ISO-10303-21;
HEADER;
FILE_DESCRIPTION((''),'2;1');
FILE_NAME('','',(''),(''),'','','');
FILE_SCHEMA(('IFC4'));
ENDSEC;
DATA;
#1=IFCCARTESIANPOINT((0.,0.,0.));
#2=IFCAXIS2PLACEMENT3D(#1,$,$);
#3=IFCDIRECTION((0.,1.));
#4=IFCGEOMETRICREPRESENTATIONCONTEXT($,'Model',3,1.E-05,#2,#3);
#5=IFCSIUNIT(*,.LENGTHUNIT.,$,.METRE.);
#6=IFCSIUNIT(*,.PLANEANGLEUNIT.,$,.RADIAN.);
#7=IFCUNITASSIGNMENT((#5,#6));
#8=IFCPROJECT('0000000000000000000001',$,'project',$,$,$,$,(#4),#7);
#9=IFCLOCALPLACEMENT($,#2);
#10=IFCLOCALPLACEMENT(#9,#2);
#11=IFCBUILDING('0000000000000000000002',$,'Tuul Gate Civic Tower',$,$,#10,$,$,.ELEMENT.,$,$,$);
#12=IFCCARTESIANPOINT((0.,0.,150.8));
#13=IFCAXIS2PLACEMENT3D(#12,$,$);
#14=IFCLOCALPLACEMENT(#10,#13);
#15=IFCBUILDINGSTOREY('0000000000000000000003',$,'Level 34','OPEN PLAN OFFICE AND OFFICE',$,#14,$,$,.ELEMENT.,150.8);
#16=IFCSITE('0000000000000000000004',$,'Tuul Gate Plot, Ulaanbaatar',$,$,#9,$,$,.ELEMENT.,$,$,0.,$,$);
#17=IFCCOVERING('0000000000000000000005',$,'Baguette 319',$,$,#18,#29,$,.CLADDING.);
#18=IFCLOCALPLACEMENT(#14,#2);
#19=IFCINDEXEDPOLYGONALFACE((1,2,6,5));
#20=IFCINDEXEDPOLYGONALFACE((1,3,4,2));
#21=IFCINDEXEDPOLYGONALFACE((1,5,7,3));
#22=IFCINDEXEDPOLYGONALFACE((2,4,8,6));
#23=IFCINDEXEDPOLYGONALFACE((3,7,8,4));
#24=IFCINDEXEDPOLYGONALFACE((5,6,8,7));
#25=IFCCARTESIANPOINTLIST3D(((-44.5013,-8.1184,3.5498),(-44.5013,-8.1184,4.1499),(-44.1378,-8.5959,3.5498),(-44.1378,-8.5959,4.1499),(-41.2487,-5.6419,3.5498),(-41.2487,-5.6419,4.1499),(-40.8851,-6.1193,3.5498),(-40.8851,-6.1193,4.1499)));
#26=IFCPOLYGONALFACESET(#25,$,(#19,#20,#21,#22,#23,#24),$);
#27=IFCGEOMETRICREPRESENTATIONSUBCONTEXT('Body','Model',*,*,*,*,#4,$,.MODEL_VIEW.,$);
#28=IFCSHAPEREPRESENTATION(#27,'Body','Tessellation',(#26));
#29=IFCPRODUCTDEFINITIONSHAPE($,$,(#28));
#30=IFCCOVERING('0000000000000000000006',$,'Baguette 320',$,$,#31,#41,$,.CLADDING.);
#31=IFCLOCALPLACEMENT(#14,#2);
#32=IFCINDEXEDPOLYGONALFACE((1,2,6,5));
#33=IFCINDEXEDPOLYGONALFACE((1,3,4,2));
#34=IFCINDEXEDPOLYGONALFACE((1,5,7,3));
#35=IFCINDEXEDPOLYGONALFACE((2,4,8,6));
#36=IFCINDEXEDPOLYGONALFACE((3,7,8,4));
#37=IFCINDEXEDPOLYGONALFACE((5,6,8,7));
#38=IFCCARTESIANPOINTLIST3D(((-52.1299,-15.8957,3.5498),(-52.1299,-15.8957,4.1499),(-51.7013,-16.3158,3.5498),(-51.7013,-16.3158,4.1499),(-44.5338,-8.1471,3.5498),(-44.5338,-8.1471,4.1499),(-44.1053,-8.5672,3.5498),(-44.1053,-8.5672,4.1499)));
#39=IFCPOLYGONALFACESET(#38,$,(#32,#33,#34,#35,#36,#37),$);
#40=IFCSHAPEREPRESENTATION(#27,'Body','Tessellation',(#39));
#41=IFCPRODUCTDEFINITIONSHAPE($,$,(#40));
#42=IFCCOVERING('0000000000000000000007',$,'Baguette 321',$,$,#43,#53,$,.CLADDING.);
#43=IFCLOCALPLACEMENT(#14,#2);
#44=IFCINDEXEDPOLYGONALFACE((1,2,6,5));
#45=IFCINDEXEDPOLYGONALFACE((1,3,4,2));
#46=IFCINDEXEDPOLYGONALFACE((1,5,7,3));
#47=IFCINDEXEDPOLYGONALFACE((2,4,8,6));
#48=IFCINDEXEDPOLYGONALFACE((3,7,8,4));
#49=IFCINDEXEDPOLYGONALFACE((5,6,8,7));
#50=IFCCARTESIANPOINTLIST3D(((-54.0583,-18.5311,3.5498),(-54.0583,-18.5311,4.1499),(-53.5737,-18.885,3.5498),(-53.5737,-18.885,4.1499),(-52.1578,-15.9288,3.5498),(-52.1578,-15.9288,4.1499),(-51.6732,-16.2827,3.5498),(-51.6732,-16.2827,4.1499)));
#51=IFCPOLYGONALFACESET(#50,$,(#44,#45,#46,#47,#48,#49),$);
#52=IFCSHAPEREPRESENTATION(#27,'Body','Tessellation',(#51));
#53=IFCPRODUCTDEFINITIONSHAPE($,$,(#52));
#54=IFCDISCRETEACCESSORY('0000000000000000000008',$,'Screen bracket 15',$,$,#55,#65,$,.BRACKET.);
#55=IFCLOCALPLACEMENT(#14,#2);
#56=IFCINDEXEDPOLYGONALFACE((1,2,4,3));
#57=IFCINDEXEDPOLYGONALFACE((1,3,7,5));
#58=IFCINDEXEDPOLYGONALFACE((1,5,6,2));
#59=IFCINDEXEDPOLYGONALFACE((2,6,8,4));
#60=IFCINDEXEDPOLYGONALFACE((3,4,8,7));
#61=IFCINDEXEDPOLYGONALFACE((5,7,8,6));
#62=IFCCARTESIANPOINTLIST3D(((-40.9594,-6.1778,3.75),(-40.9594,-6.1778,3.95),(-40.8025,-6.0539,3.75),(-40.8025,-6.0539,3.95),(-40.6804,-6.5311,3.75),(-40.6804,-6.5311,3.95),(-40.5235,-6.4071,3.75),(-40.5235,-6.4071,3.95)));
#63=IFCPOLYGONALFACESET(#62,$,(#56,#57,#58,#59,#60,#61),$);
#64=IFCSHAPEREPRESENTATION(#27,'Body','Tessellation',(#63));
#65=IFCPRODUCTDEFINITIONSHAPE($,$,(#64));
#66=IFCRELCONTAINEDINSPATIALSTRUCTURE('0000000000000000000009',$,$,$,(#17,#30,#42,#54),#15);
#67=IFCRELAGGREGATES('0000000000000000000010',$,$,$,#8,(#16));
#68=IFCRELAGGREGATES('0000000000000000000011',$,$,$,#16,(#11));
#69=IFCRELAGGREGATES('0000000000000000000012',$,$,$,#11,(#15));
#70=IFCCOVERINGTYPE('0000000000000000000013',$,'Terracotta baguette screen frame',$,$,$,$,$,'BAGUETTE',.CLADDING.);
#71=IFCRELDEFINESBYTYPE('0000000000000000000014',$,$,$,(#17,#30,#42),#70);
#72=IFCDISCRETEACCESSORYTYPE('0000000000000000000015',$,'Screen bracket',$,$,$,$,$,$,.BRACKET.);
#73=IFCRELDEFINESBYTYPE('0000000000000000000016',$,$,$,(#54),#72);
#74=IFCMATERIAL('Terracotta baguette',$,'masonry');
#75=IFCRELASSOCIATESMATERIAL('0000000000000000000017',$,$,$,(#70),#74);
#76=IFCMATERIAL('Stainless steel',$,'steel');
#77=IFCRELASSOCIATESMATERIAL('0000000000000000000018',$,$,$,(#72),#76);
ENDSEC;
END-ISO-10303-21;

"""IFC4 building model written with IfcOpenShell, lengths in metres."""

from ifc_helpers import new_model, si_unit, direction, frame, origin, origin_2d, place, context, subcontext, project, spatial, rectangle, extrude, material, material_profile, profile_set, type_object, element, save


model = new_model("IFC4")

# Units and contexts
model_context = context("Model", 3, precision=1e-05, world=origin(), true_north=direction((0.0, 1.0)))
body_context = subcontext(model_context, "Body", "Model", "MODEL_VIEW")
ifc_project = project(units=[si_unit("LENGTHUNIT", "METRE"), si_unit("PLANEANGLEUNIT", "RADIAN")], contexts=[model_context])

# Site, building, storey
site_placement = place(None, origin())
site = spatial("IfcSite", under=ifc_project, at=site_placement, Name="Tuul Gate Plot, Ulaanbaatar", CompositionType="ELEMENT", RefElevation=0.0)
building_placement = place(site_placement, origin())
building = spatial("IfcBuilding", under=site, at=building_placement, Name="Tuul Gate Civic Tower", CompositionType="ELEMENT")
storey_placement = place(building_placement, frame((0.0, 0.0, 150.8)))
storey = spatial("IfcBuildingStorey", under=building, at=storey_placement, Name="Level 34", Description="OPEN PLAN OFFICE AND OFFICE", CompositionType="ELEMENT", Elevation=150.8)

# Coverings
ifc_material_1 = material(Name="Terracotta baguette", Category="masonry")
ifc_material_profile_1 = material_profile(ifc_material_1, rectangle(XDim=0.6001, YDim=0.6001, at=origin_2d()), Name="Terracotta baguette screen frame")
ifc_profile_set_1 = profile_set([ifc_material_profile_1], Name="Terracotta baguette")
covering_type = type_object("IfcCoveringType", Name="Terracotta baguette screen frame", ElementType="BAGUETTE", PredefinedType="CLADDING", material=ifc_profile_set_1)
covering_1_placement = place(storey_placement, frame((-41.0669, -5.8806, 3.8499), z_axis=(-0.795629, -0.605784, 0.0), x_axis=(0.605784, -0.795629, 0.0)))
element("IfcCovering", 1, at=covering_1_placement, inside=storey, type_object=covering_type, Name="Baguette 319", PredefinedType="CLADDING", context=body_context, shape_type="SweptSolid", body=[
    extrude(rectangle(XDim=0.6001, YDim=0.6001, at=origin_2d()), origin(), (0.0, 0.0, 1.0), 4.0881),
])
covering_2_placement = place(storey_placement, frame((-44.3196, -8.3572, 3.8499), z_axis=(-0.700041, -0.714103, 0.0), x_axis=(0.714103, -0.700041, 0.0)))
element("IfcCovering", 2, at=covering_2_placement, inside=storey, type_object=covering_type, Name="Baguette 320", PredefinedType="CLADDING", context=body_context, shape_type="SweptSolid", body=[
    extrude(rectangle(XDim=0.6001, YDim=0.6001, at=origin_2d()), origin(), (0.0, 0.0, 1.0), 10.8508),
])
covering_3_placement = place(storey_placement, frame((-51.9155, -16.1057, 3.8499), z_axis=(-0.589756, -0.807581, 0.0), x_axis=(0.807581, -0.589756, 0.0)))
element("IfcCovering", 3, at=covering_3_placement, inside=storey, type_object=covering_type, Name="Baguette 321", PredefinedType="CLADDING", context=body_context, shape_type="SweptSolid", body=[
    extrude(rectangle(XDim=0.6001, YDim=0.6001, at=origin_2d()), origin(), (0.0, 0.0, 1.0), 3.2224),
])

# Discrete accessory
ifc_material_2 = material(Name="Stainless steel", Category="steel")
discrete_accessory_type = type_object("IfcDiscreteAccessoryType", Name="Screen bracket", PredefinedType="BRACKET", material=ifc_material_2)
discrete_accessory_placement = place(storey_placement, frame((-40.7415, -6.2925, 3.75), z_axis=(0.0, 0.0, 1.0), x_axis=(-0.619894, 0.784685, 0.0)))
element("IfcDiscreteAccessory", 4, at=discrete_accessory_placement, inside=storey, type_object=discrete_accessory_type, Name="Screen bracket 15", PredefinedType="BRACKET", context=body_context, shape_type="SweptSolid", body=[
    extrude(rectangle(XDim=0.4502, YDim=0.2, at=origin_2d()), origin(), (0.0, 0.0, 1.0), 0.2),
])

save(model, "model.ifc")
